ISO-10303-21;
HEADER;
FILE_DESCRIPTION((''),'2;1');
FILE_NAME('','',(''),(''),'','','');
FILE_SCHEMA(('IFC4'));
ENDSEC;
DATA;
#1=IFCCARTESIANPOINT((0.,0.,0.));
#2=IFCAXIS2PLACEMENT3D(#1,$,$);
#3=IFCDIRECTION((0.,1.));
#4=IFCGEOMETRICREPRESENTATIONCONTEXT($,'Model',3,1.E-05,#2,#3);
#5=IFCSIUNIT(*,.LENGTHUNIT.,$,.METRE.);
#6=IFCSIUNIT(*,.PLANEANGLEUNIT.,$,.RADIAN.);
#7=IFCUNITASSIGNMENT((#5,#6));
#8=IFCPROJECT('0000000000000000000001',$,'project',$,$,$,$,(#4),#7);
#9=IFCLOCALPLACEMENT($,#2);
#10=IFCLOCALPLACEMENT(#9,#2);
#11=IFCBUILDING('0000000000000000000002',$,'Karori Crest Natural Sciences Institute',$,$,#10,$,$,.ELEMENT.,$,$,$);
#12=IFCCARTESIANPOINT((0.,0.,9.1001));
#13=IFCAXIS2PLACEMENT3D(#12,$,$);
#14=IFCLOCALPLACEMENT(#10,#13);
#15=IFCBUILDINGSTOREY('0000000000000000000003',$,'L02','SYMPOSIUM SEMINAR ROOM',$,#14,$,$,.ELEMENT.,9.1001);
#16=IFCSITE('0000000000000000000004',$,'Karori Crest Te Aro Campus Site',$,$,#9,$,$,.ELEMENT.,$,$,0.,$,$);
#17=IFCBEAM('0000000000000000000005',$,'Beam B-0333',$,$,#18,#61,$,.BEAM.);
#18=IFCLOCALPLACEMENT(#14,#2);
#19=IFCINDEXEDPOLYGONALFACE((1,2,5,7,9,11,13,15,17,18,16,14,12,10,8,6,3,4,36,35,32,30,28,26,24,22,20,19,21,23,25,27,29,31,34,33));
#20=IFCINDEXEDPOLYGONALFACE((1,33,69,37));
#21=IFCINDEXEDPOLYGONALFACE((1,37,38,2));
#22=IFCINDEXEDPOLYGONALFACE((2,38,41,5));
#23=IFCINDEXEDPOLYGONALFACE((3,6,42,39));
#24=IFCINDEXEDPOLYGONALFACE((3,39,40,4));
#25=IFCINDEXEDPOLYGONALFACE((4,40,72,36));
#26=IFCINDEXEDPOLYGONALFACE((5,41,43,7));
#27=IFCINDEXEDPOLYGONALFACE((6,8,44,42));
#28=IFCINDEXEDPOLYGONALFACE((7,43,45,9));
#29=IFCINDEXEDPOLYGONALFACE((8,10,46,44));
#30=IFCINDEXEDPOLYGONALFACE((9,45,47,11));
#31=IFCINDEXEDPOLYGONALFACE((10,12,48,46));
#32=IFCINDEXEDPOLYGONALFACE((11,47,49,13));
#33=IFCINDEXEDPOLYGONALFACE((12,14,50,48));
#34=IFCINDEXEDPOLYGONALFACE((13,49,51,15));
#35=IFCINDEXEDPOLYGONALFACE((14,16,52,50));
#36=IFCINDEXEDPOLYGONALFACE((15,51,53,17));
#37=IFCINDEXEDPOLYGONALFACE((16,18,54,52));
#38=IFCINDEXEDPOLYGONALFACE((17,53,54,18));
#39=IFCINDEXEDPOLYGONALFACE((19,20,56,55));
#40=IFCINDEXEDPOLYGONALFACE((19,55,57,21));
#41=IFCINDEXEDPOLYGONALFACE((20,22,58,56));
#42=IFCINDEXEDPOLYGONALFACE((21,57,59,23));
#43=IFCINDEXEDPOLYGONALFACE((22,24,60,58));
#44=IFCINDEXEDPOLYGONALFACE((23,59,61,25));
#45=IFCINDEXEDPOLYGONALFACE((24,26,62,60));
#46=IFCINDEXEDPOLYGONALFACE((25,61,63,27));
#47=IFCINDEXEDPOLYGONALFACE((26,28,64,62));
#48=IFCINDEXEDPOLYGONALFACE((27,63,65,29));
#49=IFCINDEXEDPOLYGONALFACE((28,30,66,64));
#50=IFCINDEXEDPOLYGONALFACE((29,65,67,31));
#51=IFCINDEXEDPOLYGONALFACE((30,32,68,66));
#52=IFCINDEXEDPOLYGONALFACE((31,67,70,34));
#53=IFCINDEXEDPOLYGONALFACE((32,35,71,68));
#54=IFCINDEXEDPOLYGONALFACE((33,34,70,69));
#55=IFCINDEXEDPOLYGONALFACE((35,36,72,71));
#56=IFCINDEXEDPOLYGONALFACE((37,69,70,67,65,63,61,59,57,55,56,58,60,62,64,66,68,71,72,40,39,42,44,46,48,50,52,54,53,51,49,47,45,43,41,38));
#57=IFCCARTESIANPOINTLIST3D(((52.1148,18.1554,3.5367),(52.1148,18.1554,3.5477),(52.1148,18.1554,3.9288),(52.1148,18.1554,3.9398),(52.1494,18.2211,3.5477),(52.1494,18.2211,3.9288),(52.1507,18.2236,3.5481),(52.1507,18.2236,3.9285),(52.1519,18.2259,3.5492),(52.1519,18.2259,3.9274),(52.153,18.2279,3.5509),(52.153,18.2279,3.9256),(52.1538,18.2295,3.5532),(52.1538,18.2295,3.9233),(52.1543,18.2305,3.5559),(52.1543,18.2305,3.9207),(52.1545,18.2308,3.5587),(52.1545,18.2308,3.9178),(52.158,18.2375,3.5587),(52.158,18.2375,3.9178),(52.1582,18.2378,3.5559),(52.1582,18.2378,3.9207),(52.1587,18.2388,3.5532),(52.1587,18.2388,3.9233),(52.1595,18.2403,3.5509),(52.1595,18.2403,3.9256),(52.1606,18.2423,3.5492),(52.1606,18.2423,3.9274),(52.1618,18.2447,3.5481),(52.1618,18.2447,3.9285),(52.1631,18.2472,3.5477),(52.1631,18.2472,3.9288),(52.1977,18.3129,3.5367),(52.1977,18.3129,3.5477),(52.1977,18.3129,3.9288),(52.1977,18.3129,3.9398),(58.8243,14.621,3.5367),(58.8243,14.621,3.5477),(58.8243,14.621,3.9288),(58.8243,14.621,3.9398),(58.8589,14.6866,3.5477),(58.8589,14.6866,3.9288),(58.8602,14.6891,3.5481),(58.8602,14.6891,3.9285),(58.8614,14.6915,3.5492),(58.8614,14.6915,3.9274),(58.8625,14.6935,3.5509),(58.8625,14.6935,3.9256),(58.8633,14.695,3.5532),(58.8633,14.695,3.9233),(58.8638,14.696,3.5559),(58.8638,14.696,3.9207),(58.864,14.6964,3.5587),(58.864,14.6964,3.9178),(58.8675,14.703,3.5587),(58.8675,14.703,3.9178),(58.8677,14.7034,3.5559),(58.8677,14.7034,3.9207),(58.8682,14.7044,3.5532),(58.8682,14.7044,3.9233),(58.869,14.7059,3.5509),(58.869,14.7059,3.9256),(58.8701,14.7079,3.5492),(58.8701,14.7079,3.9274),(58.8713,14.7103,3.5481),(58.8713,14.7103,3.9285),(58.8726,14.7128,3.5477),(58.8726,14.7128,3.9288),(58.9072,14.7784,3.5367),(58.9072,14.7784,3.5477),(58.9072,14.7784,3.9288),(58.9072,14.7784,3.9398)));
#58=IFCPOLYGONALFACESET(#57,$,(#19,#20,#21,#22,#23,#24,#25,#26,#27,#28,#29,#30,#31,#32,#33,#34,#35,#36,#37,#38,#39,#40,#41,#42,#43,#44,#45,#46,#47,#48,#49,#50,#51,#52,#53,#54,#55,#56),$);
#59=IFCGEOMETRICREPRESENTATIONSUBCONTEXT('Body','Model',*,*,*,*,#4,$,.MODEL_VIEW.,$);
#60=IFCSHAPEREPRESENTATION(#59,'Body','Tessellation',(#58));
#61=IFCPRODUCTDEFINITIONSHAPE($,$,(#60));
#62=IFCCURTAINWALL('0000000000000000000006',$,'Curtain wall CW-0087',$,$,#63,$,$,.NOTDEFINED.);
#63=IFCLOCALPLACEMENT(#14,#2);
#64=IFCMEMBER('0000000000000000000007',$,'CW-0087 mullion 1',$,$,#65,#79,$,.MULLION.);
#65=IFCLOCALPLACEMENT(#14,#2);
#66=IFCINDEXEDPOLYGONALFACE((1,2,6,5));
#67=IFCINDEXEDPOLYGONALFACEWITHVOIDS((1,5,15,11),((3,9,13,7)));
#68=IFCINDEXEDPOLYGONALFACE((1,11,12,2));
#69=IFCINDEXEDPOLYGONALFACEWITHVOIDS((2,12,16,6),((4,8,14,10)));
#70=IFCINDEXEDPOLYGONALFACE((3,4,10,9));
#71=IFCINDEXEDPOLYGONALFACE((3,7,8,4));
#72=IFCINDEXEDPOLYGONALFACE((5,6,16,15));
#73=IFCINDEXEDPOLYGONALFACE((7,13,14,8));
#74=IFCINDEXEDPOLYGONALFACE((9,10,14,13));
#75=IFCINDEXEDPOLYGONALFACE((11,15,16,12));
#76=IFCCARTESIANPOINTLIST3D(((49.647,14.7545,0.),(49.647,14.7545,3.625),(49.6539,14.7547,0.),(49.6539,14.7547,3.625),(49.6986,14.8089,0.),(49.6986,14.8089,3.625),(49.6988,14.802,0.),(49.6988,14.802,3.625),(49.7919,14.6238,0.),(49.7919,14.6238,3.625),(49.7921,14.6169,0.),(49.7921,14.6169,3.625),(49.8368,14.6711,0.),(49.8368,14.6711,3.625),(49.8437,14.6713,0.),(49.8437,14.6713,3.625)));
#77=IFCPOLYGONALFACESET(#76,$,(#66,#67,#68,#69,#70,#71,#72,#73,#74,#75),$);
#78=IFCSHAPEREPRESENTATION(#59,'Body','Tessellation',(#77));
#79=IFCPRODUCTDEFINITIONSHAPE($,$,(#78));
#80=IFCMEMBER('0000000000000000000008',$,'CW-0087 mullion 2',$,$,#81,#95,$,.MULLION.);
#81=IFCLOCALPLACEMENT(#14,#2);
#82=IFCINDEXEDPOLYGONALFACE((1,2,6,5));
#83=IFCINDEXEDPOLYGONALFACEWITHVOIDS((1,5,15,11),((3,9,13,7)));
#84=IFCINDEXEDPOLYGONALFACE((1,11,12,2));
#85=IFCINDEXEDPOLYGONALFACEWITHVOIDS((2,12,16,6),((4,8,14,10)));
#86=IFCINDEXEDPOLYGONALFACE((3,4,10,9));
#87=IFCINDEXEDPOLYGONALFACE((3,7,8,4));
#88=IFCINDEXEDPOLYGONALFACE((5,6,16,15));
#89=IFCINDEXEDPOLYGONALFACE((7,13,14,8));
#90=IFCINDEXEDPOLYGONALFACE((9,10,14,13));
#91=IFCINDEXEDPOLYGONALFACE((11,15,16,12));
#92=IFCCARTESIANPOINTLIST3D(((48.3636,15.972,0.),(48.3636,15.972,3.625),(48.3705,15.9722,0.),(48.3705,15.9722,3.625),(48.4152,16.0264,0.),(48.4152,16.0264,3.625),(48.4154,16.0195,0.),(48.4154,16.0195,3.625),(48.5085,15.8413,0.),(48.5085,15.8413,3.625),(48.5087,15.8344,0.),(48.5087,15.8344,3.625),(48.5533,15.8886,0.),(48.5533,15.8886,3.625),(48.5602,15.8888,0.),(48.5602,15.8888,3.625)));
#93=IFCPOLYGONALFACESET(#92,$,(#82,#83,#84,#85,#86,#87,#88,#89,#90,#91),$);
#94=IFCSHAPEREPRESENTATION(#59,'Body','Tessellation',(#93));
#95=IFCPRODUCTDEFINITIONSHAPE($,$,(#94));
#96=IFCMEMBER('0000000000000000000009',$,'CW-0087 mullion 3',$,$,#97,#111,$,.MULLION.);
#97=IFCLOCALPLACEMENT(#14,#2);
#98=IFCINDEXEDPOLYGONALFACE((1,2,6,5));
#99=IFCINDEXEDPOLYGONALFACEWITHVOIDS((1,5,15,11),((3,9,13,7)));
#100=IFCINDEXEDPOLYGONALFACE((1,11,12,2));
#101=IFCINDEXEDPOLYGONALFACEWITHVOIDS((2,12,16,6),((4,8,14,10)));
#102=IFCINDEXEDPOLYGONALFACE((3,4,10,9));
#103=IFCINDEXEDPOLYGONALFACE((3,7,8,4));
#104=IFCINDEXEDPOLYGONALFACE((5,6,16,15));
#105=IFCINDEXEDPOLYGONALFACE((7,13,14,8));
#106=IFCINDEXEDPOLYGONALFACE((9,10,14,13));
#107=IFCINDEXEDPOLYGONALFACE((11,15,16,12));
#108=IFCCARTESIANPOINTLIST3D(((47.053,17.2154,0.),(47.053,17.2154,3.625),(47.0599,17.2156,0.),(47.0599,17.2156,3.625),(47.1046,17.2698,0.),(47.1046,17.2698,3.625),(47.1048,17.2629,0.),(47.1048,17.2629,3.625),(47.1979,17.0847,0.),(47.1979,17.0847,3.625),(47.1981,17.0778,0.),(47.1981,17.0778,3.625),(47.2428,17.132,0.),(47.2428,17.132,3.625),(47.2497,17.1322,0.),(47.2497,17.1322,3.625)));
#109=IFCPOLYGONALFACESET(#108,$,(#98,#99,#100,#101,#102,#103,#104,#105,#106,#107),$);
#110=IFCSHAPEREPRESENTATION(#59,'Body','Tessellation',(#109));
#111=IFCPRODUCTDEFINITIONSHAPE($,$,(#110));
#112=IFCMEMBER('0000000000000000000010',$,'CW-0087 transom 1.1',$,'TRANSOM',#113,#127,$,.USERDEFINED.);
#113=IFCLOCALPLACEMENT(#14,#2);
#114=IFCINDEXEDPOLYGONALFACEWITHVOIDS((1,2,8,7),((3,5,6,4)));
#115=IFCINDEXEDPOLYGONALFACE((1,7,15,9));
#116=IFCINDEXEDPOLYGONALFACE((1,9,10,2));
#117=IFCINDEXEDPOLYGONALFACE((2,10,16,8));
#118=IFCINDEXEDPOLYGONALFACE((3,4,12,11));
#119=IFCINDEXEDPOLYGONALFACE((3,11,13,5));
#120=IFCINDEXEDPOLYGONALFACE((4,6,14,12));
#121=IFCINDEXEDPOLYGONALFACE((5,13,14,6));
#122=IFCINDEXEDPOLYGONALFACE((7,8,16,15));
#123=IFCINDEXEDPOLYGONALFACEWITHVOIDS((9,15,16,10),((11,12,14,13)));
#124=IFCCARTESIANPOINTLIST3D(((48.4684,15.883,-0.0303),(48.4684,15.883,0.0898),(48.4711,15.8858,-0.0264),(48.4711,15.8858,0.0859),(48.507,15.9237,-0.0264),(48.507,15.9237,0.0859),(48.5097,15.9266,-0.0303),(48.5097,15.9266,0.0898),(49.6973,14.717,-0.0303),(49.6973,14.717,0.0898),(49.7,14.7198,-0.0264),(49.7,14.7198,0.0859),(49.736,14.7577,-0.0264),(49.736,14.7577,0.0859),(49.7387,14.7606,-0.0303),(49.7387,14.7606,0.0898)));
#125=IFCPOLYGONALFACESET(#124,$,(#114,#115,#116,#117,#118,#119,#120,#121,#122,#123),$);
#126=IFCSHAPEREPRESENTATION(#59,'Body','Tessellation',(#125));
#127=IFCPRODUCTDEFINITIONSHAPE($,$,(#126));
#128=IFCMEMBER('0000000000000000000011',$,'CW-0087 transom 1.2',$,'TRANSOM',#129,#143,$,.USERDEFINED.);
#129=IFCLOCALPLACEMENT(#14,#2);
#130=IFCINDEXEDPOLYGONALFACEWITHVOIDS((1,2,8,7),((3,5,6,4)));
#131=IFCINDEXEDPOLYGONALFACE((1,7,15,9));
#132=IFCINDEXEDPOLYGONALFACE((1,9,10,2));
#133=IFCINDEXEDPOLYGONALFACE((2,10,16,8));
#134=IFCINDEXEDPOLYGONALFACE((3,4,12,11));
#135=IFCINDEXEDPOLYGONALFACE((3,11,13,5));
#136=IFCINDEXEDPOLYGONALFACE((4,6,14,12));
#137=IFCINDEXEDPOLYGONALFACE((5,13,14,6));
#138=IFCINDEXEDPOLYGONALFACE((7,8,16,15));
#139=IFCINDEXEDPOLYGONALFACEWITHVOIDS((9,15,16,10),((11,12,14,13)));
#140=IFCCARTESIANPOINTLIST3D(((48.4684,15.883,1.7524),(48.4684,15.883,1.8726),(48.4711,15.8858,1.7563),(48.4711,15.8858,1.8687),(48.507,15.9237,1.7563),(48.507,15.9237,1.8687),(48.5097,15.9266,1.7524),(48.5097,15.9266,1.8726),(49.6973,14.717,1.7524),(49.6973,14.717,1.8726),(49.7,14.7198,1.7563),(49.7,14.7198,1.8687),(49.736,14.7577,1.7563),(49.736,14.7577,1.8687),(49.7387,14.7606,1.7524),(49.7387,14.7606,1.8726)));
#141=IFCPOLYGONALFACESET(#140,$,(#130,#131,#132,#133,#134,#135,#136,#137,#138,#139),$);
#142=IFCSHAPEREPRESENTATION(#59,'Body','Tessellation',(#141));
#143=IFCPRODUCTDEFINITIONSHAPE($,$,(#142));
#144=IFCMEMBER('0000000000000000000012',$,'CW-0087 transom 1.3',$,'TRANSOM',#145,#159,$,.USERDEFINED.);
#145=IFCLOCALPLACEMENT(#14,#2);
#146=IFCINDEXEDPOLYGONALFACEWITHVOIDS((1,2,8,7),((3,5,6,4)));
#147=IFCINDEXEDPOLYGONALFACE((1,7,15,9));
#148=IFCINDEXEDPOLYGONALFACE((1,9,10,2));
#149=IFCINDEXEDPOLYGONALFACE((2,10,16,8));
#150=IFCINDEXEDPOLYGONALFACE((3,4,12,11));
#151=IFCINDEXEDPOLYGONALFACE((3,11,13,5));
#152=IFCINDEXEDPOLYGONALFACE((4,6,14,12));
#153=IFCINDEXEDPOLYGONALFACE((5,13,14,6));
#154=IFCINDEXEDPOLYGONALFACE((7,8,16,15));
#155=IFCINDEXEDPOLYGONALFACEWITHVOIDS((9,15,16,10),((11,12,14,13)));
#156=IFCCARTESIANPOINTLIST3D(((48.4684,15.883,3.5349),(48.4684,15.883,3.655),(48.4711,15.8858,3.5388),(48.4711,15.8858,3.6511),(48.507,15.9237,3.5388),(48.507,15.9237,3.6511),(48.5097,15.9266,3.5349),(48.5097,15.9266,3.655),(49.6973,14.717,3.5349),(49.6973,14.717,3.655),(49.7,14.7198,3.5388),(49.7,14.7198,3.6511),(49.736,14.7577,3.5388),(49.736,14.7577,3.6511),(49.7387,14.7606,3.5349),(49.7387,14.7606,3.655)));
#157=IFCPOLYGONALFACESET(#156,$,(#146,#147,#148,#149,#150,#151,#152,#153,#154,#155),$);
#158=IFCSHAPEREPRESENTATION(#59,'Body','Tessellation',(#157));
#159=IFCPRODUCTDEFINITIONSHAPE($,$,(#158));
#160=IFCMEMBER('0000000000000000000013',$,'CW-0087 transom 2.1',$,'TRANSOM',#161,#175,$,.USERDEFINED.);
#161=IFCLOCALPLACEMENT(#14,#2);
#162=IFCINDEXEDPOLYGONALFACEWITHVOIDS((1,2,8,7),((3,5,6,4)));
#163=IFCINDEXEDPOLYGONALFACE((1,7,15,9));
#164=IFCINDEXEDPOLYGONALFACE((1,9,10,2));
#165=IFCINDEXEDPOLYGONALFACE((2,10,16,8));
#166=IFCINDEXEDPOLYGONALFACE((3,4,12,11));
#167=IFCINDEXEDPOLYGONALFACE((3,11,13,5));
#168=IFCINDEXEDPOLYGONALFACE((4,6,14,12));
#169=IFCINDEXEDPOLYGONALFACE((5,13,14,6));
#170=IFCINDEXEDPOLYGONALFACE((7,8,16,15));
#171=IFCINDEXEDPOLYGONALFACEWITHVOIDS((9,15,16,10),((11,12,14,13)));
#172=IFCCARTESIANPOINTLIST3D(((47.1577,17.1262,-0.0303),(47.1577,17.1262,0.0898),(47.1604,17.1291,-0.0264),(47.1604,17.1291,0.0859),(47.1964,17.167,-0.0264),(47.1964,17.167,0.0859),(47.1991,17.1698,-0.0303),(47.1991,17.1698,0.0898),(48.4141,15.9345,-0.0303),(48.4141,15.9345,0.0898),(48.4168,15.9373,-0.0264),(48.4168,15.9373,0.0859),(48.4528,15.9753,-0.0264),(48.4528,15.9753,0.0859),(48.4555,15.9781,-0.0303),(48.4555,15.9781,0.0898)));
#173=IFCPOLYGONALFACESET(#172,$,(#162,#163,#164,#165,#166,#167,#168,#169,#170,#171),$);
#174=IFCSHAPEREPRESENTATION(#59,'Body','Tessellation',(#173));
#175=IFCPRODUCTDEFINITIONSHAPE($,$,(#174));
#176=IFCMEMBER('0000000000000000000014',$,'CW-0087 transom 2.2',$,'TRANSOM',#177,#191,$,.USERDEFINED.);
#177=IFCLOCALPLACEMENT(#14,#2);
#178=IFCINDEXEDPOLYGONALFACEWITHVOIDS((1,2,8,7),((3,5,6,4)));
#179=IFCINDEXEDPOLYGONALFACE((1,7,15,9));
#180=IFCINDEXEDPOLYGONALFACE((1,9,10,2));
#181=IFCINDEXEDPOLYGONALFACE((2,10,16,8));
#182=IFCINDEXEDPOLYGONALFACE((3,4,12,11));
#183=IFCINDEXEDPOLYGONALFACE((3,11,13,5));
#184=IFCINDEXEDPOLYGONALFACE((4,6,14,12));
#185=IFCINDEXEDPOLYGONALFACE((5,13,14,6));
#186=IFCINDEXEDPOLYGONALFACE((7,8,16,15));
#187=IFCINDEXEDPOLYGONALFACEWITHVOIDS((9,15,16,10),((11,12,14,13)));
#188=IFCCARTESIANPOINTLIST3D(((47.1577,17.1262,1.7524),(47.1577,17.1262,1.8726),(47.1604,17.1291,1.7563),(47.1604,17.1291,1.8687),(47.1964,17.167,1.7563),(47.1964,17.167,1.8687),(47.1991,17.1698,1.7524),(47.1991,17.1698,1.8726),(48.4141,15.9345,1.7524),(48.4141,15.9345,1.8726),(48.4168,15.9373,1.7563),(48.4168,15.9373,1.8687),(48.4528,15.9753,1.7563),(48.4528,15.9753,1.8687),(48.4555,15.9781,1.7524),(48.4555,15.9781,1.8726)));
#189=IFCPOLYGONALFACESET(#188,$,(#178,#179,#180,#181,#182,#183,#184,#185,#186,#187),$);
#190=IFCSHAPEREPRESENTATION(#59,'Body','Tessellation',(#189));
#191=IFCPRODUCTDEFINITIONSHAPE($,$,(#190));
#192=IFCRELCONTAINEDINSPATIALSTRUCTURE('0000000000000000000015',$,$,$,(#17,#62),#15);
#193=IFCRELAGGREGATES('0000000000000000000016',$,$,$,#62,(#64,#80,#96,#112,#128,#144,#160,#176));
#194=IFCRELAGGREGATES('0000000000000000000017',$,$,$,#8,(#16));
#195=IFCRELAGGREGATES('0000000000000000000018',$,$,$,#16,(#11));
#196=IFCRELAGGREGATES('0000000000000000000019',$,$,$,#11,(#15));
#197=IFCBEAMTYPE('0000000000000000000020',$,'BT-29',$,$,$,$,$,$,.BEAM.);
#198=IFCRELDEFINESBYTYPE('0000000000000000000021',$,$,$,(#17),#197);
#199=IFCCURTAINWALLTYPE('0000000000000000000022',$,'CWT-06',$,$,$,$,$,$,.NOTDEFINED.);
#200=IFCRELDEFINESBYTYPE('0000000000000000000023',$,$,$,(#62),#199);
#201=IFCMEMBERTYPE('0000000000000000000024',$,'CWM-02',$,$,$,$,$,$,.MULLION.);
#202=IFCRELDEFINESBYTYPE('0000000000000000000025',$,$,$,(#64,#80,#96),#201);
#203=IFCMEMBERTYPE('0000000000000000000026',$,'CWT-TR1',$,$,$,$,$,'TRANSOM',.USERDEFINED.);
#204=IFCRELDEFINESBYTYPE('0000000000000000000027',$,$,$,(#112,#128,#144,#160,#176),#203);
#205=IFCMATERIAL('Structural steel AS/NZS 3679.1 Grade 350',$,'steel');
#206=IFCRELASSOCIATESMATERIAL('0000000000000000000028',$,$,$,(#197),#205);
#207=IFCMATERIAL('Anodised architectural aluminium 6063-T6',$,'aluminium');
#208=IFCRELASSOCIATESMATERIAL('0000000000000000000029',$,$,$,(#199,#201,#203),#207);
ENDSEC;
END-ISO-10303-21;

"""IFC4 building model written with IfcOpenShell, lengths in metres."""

from ifc_helpers import new_model, si_unit, direction, frame, origin, origin_2d, place, context, subcontext, project, spatial, hollow_rectangle, i_section, extrude, material, material_profile, profile_set, type_object, element, aggregate, save


model = new_model("IFC4")

# Units and contexts
model_context = context("Model", 3, precision=1e-05, world=origin(), true_north=direction((0.0, 1.0)))
body_context = subcontext(model_context, "Body", "Model", "MODEL_VIEW")
ifc_project = project(units=[si_unit("LENGTHUNIT", "METRE"), si_unit("PLANEANGLEUNIT", "RADIAN")], contexts=[model_context])

# Site, building, storey
site_placement = place(None, origin())
site = spatial("IfcSite", under=ifc_project, at=site_placement, Name="Karori Crest Te Aro Campus Site", CompositionType="ELEMENT", RefElevation=0.0)
building_placement = place(site_placement, origin())
building = spatial("IfcBuilding", under=site, at=building_placement, Name="Karori Crest Natural Sciences Institute", CompositionType="ELEMENT")
storey_placement = place(building_placement, frame((0.0, 0.0, 9.1001)))
storey = spatial("IfcBuildingStorey", under=building, at=storey_placement, Name="L02", Description="SYMPOSIUM SEMINAR ROOM", CompositionType="ELEMENT", Elevation=9.1001)

# Beam
ifc_material_1 = material(Name="Structural steel AS/NZS 3679.1 Grade 350", Category="steel")
ifc_material_profile_1 = material_profile(ifc_material_1, i_section(OverallWidth=0.178, OverallDepth=0.4031, WebThickness=0.0076, FlangeThickness=0.011, FilletRadius=0.011, at=origin_2d()), Name="410UB53.7")
ifc_profile_set_1 = profile_set([ifc_material_profile_1], Name="Structural steel AS/NZS 3679.1 Grade 350")
beam_type = type_object("IfcBeamType", Name="BT-29", PredefinedType="BEAM", material=ifc_profile_set_1)
beam_placement = place(storey_placement, frame((52.1562, 18.2341, 3.7383), z_axis=(0.884748, -0.466069, 0.0), x_axis=(0.466069, 0.884748, 0.0)))
element("IfcBeam", 1, at=beam_placement, inside=storey, type_object=beam_type, Name="Beam B-0333", PredefinedType="BEAM", context=body_context, shape_type="SweptSolid", body=[
    extrude(i_section(OverallWidth=0.178, OverallDepth=0.4031, WebThickness=0.0076, FlangeThickness=0.011, FilletRadius=0.011, at=origin_2d()), origin(), (0.0, 0.0, 1.0), 7.5835),
])

# Curtain wall, members
ifc_material_2 = material(Name="Anodised architectural aluminium 6063-T6", Category="aluminium")
curtain_wall_type = type_object("IfcCurtainWallType", Name="CWT-06", PredefinedType="NOTDEFINED", material=ifc_material_2)
curtain_wall_placement = place(storey_placement, origin())
curtain_wall = element("IfcCurtainWall", 2, at=curtain_wall_placement, inside=storey, type_object=curtain_wall_type, Name="Curtain wall CW-0087", PredefinedType="NOTDEFINED")
ifc_material_profile_2 = material_profile(ifc_material_2, hollow_rectangle(XDim=0.075, YDim=0.2, WallThickness=0.0049, at=origin_2d()), Name="CWM200x75x5")
ifc_profile_set_2 = profile_set([ifc_material_profile_2], Name="Anodised architectural aluminium 6063-T6")
member_type_1 = type_object("IfcMemberType", Name="CWM-02", PredefinedType="MULLION", material=ifc_profile_set_2)
member_1_placement = place(storey_placement, frame((49.7454, 14.7129, 0.0), z_axis=(0.0, 0.0, 1.0), x_axis=(-0.688246, -0.725477, 0.0)))
member_1 = element("IfcMember", 3, at=member_1_placement, type_object=member_type_1, Name="CW-0087 mullion 1", PredefinedType="MULLION", context=body_context, shape_type="SweptSolid", body=[
    extrude(hollow_rectangle(XDim=0.075, YDim=0.2, WallThickness=0.0049, at=origin_2d()), origin(), (0.0, 0.0, 1.0), 3.625),
])
member_2_placement = place(storey_placement, frame((48.4619, 15.9304, 0.0), z_axis=(0.0, 0.0, 1.0), x_axis=(-0.688246, -0.725477, 0.0)))
member_2 = element("IfcMember", 4, at=member_2_placement, type_object=member_type_1, Name="CW-0087 mullion 2", PredefinedType="MULLION", context=body_context, shape_type="SweptSolid", body=[
    extrude(hollow_rectangle(XDim=0.075, YDim=0.2, WallThickness=0.0049, at=origin_2d()), origin(), (0.0, 0.0, 1.0), 3.625),
])
member_3_placement = place(storey_placement, frame((47.1514, 17.1738, 0.0), z_axis=(0.0, 0.0, 1.0), x_axis=(-0.688246, -0.725477, 0.0)))
member_3 = element("IfcMember", 5, at=member_3_placement, type_object=member_type_1, Name="CW-0087 mullion 3", PredefinedType="MULLION", context=body_context, shape_type="SweptSolid", body=[
    extrude(hollow_rectangle(XDim=0.075, YDim=0.2, WallThickness=0.0049, at=origin_2d()), origin(), (0.0, 0.0, 1.0), 3.625),
])
ifc_material_profile_3 = material_profile(ifc_material_2, hollow_rectangle(XDim=0.0601, YDim=0.1201, WallThickness=0.0039, at=origin_2d()), Name="CWT120x60x4")
ifc_profile_set_3 = profile_set([ifc_material_profile_3], Name="Anodised architectural aluminium 6063-T6")
member_type_2 = type_object("IfcMemberType", Name="CWT-TR1", ElementType="TRANSOM", PredefinedType="USERDEFINED", material=ifc_profile_set_3)
member_4_placement = place(storey_placement, frame((49.718, 14.7388, 0.0298), z_axis=(-0.725453, 0.688272, 0.0), x_axis=(-0.688272, -0.725453, 0.0)))
member_4 = element("IfcMember", 6, at=member_4_placement, type_object=member_type_2, Name="CW-0087 transom 1.1", ObjectType="TRANSOM", PredefinedType="USERDEFINED", context=body_context, shape_type="SweptSolid", body=[
    extrude(hollow_rectangle(XDim=0.0601, YDim=0.1201, WallThickness=0.0039, at=origin_2d()), origin(), (0.0, 0.0, 1.0), 1.6941),
])
member_5_placement = place(storey_placement, frame((49.718, 14.7388, 1.8125), z_axis=(-0.725453, 0.688272, 0.0), x_axis=(-0.688272, -0.725453, 0.0)))
member_5 = element("IfcMember", 7, at=member_5_placement, type_object=member_type_2, Name="CW-0087 transom 1.2", ObjectType="TRANSOM", PredefinedType="USERDEFINED", context=body_context, shape_type="SweptSolid", body=[
    extrude(hollow_rectangle(XDim=0.0601, YDim=0.1201, WallThickness=0.0039, at=origin_2d()), origin(), (0.0, 0.0, 1.0), 1.6941),
])
member_6_placement = place(storey_placement, frame((49.718, 14.7388, 3.595), z_axis=(-0.725453, 0.688272, 0.0), x_axis=(-0.688272, -0.725453, 0.0)))
member_6 = element("IfcMember", 8, at=member_6_placement, type_object=member_type_2, Name="CW-0087 transom 1.3", ObjectType="TRANSOM", PredefinedType="USERDEFINED", context=body_context, shape_type="SweptSolid", body=[
    extrude(hollow_rectangle(XDim=0.0601, YDim=0.1201, WallThickness=0.0039, at=origin_2d()), origin(), (0.0, 0.0, 1.0), 1.6941),
])
member_7_placement = place(storey_placement, frame((48.4348, 15.9563, 0.0298), z_axis=(-0.725541, 0.688179, 0.0), x_axis=(-0.688179, -0.725541, 0.0)))
member_7 = element("IfcMember", 9, at=member_7_placement, type_object=member_type_2, Name="CW-0087 transom 2.1", ObjectType="TRANSOM", PredefinedType="USERDEFINED", context=body_context, shape_type="SweptSolid", body=[
    extrude(hollow_rectangle(XDim=0.0601, YDim=0.1201, WallThickness=0.0039, at=origin_2d()), origin(), (0.0, 0.0, 1.0), 1.7317),
])
member_8_placement = place(storey_placement, frame((48.4348, 15.9563, 1.8125), z_axis=(-0.725541, 0.688179, 0.0), x_axis=(-0.688179, -0.725541, 0.0)))
member_8 = element("IfcMember", 10, at=member_8_placement, type_object=member_type_2, Name="CW-0087 transom 2.2", ObjectType="TRANSOM", PredefinedType="USERDEFINED", context=body_context, shape_type="SweptSolid", body=[
    extrude(hollow_rectangle(XDim=0.0601, YDim=0.1201, WallThickness=0.0039, at=origin_2d()), origin(), (0.0, 0.0, 1.0), 1.7317),
])
aggregate(curtain_wall, [member_1, member_2, member_3, member_4, member_5, member_6, member_7, member_8])

save(model, "model.ifc")
